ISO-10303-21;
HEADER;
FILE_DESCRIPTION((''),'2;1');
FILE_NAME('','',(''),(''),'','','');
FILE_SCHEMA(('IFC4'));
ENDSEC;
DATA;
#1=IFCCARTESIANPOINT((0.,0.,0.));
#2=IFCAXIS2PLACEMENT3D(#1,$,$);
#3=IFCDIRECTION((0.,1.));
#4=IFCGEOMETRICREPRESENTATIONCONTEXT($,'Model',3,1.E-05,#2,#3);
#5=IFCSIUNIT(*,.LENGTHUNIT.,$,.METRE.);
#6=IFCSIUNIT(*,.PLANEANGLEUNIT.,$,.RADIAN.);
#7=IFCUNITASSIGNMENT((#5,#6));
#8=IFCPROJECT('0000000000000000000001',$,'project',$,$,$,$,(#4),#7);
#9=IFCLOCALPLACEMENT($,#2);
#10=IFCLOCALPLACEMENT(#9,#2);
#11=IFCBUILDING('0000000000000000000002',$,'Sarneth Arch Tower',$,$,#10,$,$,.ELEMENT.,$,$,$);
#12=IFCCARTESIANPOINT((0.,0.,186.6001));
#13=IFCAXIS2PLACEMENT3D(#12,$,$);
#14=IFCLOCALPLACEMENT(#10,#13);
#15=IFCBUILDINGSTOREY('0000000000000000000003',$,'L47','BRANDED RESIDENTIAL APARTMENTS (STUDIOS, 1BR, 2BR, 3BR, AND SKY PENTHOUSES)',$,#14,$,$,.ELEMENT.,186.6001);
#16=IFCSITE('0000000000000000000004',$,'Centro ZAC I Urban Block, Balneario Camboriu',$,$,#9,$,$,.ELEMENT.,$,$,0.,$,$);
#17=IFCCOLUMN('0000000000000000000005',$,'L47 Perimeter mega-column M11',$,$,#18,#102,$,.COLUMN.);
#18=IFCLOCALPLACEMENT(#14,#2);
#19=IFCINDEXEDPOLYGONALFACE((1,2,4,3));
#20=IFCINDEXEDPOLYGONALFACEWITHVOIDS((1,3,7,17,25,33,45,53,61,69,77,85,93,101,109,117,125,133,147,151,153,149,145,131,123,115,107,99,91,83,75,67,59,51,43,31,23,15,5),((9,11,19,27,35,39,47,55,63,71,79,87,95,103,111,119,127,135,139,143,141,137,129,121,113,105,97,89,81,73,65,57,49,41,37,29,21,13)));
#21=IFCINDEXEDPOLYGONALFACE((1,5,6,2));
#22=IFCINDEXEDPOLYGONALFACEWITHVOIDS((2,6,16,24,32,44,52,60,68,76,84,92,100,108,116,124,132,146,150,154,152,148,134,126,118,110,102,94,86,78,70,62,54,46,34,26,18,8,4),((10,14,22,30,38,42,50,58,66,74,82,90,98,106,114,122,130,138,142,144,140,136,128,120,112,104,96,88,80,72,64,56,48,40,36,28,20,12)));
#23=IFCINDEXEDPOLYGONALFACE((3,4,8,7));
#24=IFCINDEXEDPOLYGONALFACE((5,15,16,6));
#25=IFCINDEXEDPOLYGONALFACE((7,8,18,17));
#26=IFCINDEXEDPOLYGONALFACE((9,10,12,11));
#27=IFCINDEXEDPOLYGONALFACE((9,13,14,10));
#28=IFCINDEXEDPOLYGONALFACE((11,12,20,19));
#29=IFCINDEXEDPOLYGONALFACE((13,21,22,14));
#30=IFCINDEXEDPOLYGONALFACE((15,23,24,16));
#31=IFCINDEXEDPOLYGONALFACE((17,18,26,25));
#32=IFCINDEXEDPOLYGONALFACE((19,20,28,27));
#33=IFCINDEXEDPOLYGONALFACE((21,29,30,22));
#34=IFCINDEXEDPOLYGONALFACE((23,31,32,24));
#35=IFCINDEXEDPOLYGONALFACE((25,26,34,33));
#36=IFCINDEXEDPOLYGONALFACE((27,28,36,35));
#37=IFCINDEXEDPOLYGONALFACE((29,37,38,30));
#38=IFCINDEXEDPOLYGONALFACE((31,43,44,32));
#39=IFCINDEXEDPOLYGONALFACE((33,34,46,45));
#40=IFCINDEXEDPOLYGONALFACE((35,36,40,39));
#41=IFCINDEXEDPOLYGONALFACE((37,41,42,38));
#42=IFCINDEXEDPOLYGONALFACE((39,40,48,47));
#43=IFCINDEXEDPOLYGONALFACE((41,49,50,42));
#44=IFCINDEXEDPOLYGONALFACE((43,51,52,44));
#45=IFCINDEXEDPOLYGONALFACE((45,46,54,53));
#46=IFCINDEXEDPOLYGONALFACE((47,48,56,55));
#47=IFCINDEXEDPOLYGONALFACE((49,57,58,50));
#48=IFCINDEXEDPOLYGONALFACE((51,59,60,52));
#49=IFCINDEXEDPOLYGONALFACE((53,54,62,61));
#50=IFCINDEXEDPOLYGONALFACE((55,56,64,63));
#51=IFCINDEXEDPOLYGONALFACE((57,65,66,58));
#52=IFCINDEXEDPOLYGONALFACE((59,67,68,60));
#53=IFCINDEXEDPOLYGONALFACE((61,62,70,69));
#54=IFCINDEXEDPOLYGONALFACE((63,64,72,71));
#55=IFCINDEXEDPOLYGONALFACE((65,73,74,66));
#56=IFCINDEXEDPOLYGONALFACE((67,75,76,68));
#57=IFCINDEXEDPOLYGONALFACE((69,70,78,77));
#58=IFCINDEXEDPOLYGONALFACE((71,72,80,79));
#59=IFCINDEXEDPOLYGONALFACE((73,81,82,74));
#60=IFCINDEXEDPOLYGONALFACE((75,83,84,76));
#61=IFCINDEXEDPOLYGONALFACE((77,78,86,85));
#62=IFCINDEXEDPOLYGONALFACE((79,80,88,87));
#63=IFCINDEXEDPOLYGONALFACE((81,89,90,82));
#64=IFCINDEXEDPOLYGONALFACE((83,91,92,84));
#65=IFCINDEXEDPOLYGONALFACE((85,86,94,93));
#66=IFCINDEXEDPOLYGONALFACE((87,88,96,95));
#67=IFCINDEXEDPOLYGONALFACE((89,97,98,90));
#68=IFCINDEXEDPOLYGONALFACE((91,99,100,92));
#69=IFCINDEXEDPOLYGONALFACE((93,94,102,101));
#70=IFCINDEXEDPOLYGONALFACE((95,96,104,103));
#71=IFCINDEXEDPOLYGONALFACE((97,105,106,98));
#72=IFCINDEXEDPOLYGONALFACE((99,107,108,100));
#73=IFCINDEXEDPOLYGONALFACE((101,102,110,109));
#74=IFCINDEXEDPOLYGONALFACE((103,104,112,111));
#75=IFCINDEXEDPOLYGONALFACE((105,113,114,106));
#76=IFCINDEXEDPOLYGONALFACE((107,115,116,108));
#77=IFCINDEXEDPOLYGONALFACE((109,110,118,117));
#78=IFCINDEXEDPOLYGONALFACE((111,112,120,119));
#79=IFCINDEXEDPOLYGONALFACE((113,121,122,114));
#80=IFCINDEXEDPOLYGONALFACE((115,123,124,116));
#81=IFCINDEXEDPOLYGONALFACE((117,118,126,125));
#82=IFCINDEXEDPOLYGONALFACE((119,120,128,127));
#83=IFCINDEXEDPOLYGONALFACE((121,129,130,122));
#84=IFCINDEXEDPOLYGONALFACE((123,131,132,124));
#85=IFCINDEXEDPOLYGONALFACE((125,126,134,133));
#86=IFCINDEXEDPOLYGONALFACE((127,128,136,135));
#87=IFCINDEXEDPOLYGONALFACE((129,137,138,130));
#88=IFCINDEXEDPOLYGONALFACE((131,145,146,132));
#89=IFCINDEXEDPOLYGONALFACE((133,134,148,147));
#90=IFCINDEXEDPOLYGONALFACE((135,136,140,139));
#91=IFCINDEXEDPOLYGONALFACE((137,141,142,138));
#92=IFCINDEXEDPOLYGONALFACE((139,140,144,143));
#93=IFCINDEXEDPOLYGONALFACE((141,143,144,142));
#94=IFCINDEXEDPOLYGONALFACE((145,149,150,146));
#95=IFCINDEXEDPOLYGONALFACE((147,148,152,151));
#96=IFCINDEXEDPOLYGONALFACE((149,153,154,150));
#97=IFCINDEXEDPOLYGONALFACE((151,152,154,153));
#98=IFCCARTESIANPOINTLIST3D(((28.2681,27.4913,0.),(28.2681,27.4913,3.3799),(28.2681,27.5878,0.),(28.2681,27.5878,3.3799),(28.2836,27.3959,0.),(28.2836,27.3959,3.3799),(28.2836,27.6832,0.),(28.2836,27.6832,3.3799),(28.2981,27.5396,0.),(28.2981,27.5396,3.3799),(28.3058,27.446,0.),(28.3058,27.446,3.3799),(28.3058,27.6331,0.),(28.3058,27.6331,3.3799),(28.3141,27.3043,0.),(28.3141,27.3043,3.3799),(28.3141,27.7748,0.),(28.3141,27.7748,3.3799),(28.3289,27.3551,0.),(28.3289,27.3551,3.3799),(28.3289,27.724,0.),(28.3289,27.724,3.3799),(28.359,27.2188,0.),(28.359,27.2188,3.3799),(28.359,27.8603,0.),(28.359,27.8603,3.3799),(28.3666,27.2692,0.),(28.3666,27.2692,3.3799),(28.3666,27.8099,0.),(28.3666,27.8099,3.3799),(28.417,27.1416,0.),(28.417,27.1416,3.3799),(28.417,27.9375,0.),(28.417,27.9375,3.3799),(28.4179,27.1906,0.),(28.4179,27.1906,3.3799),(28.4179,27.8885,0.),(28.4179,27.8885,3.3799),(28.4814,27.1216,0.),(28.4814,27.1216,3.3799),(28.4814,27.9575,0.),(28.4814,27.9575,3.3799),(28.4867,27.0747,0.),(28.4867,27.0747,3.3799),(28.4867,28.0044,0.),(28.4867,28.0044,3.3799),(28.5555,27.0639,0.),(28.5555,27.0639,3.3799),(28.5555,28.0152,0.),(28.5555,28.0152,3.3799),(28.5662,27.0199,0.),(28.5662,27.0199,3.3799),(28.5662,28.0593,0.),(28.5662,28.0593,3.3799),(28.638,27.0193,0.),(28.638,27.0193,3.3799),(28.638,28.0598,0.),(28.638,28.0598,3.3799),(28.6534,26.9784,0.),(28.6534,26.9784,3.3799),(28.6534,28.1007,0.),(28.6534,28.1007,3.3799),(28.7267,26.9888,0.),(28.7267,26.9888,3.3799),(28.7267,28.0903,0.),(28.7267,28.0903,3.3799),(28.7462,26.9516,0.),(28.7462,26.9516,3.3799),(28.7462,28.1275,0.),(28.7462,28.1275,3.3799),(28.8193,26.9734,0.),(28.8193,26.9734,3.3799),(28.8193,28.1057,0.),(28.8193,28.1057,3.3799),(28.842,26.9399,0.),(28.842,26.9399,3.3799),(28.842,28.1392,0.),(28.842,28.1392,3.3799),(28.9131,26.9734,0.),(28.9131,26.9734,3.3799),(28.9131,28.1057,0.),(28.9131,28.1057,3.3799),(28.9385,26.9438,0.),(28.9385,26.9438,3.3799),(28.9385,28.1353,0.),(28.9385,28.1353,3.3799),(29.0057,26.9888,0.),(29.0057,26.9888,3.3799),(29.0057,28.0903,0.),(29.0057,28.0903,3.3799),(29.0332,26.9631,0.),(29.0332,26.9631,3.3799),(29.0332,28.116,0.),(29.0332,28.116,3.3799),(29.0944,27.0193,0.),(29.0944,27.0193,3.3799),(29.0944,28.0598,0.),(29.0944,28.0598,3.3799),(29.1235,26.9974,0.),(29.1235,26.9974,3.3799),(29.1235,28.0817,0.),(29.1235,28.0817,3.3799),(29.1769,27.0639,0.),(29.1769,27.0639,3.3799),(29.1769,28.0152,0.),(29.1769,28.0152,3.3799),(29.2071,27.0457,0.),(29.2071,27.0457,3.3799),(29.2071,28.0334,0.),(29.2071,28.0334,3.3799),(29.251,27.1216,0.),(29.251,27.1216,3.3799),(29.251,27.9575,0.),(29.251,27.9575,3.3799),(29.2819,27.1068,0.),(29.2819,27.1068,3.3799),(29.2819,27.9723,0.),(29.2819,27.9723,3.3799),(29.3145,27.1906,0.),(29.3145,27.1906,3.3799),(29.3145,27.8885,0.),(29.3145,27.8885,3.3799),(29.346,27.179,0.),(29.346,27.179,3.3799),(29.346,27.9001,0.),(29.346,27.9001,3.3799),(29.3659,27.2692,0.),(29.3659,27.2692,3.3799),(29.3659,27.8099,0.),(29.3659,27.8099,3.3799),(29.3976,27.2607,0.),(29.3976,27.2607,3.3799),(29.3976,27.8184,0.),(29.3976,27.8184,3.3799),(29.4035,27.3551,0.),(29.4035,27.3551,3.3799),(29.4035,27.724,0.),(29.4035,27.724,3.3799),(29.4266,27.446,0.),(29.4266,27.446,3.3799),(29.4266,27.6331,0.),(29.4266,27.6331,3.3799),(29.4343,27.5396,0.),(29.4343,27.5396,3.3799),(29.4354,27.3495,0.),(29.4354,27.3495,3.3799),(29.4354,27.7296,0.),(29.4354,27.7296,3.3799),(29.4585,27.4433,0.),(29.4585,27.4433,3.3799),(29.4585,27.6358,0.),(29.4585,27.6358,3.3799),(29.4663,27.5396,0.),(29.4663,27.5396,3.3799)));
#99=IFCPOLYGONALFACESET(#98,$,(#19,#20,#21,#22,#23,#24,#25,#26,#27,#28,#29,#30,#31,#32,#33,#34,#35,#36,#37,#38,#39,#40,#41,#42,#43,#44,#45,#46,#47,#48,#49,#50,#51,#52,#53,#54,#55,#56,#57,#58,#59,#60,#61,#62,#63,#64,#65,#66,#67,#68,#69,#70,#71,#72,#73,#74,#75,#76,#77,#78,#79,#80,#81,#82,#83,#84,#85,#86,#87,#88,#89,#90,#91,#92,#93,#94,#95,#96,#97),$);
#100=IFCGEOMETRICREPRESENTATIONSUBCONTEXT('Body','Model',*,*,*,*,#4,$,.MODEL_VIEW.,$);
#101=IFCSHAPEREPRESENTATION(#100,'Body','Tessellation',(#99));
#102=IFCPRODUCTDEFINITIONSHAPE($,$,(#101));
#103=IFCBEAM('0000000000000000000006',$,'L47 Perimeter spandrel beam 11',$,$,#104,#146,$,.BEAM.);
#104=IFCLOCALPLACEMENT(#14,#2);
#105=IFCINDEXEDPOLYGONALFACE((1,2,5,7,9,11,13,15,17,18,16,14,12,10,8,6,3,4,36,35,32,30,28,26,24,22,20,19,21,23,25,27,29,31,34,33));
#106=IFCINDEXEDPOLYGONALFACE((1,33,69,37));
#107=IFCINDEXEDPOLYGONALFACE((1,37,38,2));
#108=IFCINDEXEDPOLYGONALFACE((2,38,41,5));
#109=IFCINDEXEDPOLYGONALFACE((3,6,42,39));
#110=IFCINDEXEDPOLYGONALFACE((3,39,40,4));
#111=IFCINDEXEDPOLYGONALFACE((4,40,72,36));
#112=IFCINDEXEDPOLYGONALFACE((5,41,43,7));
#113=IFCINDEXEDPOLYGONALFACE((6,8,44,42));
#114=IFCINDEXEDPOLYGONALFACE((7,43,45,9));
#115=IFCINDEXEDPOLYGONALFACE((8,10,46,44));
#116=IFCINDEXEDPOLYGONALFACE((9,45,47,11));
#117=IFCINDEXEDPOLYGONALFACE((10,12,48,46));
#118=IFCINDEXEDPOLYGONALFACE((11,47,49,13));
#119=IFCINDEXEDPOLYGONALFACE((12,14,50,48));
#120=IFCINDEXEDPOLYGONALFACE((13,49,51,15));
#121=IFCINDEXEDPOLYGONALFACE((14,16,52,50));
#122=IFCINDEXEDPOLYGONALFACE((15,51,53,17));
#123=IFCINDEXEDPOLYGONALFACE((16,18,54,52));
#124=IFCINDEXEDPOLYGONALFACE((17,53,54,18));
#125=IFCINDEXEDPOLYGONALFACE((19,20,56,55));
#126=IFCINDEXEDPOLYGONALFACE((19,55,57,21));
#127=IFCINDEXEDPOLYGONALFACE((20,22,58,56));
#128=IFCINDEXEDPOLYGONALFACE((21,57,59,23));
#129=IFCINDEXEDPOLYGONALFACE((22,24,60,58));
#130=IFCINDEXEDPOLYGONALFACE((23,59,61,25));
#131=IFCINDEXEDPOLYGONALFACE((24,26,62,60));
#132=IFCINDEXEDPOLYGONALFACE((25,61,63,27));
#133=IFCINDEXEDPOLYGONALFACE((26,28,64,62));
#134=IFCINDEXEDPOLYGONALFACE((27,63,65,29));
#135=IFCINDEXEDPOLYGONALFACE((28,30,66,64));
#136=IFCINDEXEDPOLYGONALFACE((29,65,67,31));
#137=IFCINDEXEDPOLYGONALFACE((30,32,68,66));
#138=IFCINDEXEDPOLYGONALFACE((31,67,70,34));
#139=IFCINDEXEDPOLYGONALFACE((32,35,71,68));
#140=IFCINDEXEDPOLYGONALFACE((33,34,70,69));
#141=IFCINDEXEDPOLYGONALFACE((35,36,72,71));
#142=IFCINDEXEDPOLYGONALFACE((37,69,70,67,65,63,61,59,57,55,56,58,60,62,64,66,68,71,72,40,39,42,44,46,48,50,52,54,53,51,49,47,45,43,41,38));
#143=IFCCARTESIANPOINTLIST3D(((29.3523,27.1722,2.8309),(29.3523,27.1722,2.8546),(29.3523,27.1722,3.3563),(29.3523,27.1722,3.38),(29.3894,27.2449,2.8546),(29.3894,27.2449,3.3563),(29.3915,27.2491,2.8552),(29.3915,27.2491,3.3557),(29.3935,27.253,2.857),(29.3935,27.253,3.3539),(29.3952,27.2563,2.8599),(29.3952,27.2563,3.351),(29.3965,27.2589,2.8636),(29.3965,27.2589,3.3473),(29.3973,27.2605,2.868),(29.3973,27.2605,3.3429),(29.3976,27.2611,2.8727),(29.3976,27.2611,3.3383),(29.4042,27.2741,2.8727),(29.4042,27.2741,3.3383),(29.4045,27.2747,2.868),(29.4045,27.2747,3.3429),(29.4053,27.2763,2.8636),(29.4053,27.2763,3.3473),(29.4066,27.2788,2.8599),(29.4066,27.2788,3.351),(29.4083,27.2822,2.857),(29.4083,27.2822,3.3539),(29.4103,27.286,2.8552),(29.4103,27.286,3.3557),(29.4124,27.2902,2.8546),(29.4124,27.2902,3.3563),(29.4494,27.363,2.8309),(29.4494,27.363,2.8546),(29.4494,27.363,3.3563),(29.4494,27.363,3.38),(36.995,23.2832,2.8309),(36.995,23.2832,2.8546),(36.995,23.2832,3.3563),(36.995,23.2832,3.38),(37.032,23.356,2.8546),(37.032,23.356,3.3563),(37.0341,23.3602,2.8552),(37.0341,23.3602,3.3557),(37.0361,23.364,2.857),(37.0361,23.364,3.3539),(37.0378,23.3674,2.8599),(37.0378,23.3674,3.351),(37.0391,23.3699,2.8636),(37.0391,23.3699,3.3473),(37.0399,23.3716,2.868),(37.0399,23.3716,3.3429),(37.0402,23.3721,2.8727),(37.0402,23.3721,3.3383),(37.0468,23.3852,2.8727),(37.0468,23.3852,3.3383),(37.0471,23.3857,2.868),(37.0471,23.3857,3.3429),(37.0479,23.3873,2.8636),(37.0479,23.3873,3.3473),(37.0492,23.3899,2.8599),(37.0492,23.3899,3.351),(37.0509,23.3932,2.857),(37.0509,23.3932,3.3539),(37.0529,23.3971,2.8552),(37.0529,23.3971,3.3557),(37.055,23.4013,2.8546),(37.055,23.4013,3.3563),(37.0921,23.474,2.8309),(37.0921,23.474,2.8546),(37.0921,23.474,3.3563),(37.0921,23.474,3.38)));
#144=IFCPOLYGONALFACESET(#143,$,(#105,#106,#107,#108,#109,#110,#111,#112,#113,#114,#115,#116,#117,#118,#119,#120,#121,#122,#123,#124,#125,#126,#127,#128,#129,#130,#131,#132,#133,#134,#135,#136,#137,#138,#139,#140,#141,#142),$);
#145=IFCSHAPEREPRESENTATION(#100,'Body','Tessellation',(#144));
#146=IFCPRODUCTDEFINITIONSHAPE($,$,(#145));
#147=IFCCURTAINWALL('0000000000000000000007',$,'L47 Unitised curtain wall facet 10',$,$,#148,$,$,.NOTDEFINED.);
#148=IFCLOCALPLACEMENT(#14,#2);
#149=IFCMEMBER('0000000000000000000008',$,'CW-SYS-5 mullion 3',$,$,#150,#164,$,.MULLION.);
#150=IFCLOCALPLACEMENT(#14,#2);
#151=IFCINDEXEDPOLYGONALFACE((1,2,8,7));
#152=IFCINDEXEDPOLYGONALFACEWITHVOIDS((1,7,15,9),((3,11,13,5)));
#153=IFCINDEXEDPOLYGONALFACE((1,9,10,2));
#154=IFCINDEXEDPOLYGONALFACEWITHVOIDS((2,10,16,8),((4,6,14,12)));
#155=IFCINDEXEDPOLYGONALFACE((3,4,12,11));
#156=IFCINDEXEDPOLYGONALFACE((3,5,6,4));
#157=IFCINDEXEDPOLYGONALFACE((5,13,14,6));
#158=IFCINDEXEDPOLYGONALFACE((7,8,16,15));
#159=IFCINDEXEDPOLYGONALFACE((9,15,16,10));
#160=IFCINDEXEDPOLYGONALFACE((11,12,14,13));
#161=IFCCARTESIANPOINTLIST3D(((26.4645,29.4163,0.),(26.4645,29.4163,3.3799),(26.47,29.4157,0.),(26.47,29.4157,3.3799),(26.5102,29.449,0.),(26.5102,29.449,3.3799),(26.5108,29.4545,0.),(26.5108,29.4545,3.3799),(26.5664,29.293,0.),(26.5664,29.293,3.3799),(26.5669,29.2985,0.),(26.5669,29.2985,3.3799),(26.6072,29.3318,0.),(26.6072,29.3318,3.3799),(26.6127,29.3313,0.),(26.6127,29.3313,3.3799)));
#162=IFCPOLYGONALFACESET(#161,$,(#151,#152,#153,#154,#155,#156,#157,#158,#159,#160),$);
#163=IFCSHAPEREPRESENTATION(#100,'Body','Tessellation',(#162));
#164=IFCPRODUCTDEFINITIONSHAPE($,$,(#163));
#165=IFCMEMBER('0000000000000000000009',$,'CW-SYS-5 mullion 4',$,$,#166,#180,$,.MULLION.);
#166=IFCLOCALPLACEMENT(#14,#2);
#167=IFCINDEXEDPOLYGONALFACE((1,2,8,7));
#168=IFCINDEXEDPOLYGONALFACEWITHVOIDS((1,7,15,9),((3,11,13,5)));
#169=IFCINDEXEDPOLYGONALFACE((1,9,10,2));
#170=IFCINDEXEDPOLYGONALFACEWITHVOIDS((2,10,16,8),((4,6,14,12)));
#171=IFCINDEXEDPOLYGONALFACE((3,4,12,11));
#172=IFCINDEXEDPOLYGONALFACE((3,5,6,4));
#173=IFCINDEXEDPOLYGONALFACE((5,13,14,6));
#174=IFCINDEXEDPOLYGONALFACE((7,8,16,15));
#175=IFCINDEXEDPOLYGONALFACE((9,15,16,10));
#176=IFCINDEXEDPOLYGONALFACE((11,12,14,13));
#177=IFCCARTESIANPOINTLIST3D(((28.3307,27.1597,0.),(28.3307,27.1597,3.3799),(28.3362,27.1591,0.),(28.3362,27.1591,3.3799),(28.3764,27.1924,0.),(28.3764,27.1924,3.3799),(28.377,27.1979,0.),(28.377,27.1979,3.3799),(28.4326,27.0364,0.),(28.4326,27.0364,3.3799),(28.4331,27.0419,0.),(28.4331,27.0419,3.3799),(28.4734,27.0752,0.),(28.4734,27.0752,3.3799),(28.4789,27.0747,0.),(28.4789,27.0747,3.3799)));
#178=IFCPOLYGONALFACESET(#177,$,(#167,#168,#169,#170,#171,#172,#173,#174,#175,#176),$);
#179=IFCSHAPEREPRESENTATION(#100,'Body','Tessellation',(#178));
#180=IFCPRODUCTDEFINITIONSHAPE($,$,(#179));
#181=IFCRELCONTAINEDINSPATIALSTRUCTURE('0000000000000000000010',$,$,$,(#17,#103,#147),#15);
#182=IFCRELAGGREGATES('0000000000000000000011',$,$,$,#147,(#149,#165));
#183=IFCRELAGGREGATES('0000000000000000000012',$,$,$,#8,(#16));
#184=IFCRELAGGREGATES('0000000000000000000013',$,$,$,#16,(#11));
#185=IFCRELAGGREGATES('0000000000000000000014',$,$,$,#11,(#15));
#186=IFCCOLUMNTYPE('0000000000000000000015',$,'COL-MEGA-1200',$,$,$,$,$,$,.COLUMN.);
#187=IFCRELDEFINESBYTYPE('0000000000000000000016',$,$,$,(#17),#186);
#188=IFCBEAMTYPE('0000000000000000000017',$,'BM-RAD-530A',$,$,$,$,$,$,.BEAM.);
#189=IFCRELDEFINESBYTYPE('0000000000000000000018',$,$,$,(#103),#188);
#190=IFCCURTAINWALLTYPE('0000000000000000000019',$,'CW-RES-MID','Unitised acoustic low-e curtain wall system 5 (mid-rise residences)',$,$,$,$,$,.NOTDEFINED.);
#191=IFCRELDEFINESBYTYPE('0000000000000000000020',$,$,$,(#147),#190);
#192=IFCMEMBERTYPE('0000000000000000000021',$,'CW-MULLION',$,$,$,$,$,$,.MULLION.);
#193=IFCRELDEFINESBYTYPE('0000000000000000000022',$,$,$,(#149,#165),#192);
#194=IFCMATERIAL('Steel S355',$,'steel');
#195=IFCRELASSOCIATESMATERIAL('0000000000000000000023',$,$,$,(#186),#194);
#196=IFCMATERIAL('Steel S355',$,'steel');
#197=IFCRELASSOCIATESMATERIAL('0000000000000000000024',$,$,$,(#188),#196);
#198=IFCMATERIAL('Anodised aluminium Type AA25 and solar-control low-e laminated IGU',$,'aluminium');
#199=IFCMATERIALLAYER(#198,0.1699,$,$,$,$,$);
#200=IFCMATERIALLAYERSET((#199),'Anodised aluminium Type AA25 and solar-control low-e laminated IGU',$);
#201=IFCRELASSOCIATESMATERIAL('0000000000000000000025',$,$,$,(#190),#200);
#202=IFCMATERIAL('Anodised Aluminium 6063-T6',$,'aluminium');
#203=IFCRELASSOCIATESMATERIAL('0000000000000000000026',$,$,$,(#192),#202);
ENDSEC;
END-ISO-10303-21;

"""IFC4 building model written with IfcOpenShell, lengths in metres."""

from ifc_helpers import new_model, si_unit, direction, frame, origin, origin_2d, place, context, subcontext, project, spatial, hollow_rectangle, hollow_circle, i_section, extrude, material, layer, layer_set, material_profile, profile_set, type_object, element, aggregate, save


model = new_model("IFC4")

# Units and contexts
model_context = context("Model", 3, precision=1e-05, world=origin(), true_north=direction((0.0, 1.0)))
body_context = subcontext(model_context, "Body", "Model", "MODEL_VIEW")
ifc_project = project(units=[si_unit("LENGTHUNIT", "METRE"), si_unit("PLANEANGLEUNIT", "RADIAN")], contexts=[model_context])

# Site, building, storey
site_placement = place(None, origin())
site = spatial("IfcSite", under=ifc_project, at=site_placement, Name="Centro ZAC I Urban Block, Balneario Camboriu", CompositionType="ELEMENT", RefElevation=0.0)
building_placement = place(site_placement, origin())
building = spatial("IfcBuilding", under=site, at=building_placement, Name="Sarneth Arch Tower", CompositionType="ELEMENT")
storey_placement = place(building_placement, frame((0.0, 0.0, 186.6001)))
storey = spatial("IfcBuildingStorey", under=building, at=storey_placement, Name="L47", Description="BRANDED RESIDENTIAL APARTMENTS (STUDIOS, 1BR, 2BR, 3BR, AND SKY PENTHOUSES)", CompositionType="ELEMENT", Elevation=186.6001)

# Column
ifc_material_1 = material(Name="Steel S355", Category="steel")
ifc_material_profile_1 = material_profile(ifc_material_1, hollow_circle(Radius=0.6001, WallThickness=0.032, at=origin_2d()), Name="CHS1200x32")
ifc_profile_set_1 = profile_set([ifc_material_profile_1], Name="Steel S355")
column_type = type_object("IfcColumnType", Name="COL-MEGA-1200", PredefinedType="COLUMN", material=ifc_profile_set_1)
column_placement = place(storey_placement, frame((28.8662, 27.5396, 0.0), z_axis=(0.0, 0.0, 1.0), x_axis=(1.0, 0.0, 0.0)))
element("IfcColumn", 1, at=column_placement, inside=storey, type_object=column_type, Name="L47 Perimeter mega-column M11", PredefinedType="COLUMN", context=body_context, shape_type="SweptSolid", body=[
    extrude(hollow_circle(Radius=0.6001, WallThickness=0.032, at=origin_2d()), origin(), (0.0, 0.0, 1.0), 3.3799),
])

# Beam
ifc_material_2 = material(Name="Steel S355", Category="steel")
ifc_material_profile_2 = material_profile(ifc_material_2, i_section(OverallWidth=0.2141, OverallDepth=0.5491, WebThickness=0.0146, FlangeThickness=0.0237, FilletRadius=0.0181, at=origin_2d()), Name="W530x138")
ifc_profile_set_2 = profile_set([ifc_material_profile_2], Name="Steel S355")
beam_type = type_object("IfcBeamType", Name="BM-RAD-530A", PredefinedType="BEAM", material=ifc_profile_set_2)
beam_placement = place(storey_placement, frame((29.4009, 27.2676, 3.1055), z_axis=(0.89125, -0.453512, 0.0), x_axis=(0.453512, 0.89125, 0.0)))
element("IfcBeam", 2, at=beam_placement, inside=storey, type_object=beam_type, Name="L47 Perimeter spandrel beam 11", PredefinedType="BEAM", context=body_context, shape_type="SweptSolid", body=[
    extrude(i_section(OverallWidth=0.2141, OverallDepth=0.5491, WebThickness=0.0146, FlangeThickness=0.0237, FilletRadius=0.0181, at=origin_2d()), origin(), (0.0, 0.0, 1.0), 8.5752),
])

# Curtain wall, members
ifc_material_3 = material(Name="Anodised aluminium Type AA25 and solar-control low-e laminated IGU", Category="aluminium")
ifc_layer_1 = layer(ifc_material_3, 0.1699)
ifc_layer_set_1 = layer_set([ifc_layer_1], Name="Anodised aluminium Type AA25 and solar-control low-e laminated IGU")
curtain_wall_type = type_object("IfcCurtainWallType", Name="CW-RES-MID", Description="Unitised acoustic low-e curtain wall system 5 (mid-rise residences)", PredefinedType="NOTDEFINED", material=ifc_layer_set_1)
curtain_wall_placement = place(storey_placement, origin())
curtain_wall = element("IfcCurtainWall", 3, at=curtain_wall_placement, inside=storey, type_object=curtain_wall_type, Name="L47 Unitised curtain wall facet 10", PredefinedType="NOTDEFINED")
ifc_material_4 = material(Name="Anodised Aluminium 6063-T6", Category="aluminium")
ifc_material_profile_3 = material_profile(ifc_material_4, hollow_rectangle(XDim=0.0601, YDim=0.1599, WallThickness=0.0039, at=origin_2d()), Name="AL-MULL-160x60x4")
ifc_profile_set_3 = profile_set([ifc_material_profile_3], Name="Anodised Aluminium 6063-T6")
member_type_1 = type_object("IfcMemberType", Name="CW-MULLION", PredefinedType="MULLION", material=ifc_profile_set_3)
member_1_placement = place(storey_placement, frame((26.5386, 29.3738, 0.0), z_axis=(0.0, 0.0, 1.0), x_axis=(0.770591, 0.63733, 0.0)))
member_1 = element("IfcMember", 4, at=member_1_placement, type_object=member_type_1, Name="CW-SYS-5 mullion 3", PredefinedType="MULLION", context=body_context, shape_type="SweptSolid", body=[
    extrude(hollow_rectangle(XDim=0.0601, YDim=0.1599, WallThickness=0.0039, at=origin_2d()), origin(), (0.0, 0.0, 1.0), 3.3799),
])
member_2_placement = place(storey_placement, frame((28.4048, 27.1172, 0.0), z_axis=(0.0, 0.0, 1.0), x_axis=(0.770591, 0.63733, 0.0)))
member_2 = element("IfcMember", 5, at=member_2_placement, type_object=member_type_1, Name="CW-SYS-5 mullion 4", PredefinedType="MULLION", context=body_context, shape_type="SweptSolid", body=[
    extrude(hollow_rectangle(XDim=0.0601, YDim=0.1599, WallThickness=0.0039, at=origin_2d()), origin(), (0.0, 0.0, 1.0), 3.3799),
])

aggregate(curtain_wall, [member_1, member_2])

save(model, "model.ifc")
